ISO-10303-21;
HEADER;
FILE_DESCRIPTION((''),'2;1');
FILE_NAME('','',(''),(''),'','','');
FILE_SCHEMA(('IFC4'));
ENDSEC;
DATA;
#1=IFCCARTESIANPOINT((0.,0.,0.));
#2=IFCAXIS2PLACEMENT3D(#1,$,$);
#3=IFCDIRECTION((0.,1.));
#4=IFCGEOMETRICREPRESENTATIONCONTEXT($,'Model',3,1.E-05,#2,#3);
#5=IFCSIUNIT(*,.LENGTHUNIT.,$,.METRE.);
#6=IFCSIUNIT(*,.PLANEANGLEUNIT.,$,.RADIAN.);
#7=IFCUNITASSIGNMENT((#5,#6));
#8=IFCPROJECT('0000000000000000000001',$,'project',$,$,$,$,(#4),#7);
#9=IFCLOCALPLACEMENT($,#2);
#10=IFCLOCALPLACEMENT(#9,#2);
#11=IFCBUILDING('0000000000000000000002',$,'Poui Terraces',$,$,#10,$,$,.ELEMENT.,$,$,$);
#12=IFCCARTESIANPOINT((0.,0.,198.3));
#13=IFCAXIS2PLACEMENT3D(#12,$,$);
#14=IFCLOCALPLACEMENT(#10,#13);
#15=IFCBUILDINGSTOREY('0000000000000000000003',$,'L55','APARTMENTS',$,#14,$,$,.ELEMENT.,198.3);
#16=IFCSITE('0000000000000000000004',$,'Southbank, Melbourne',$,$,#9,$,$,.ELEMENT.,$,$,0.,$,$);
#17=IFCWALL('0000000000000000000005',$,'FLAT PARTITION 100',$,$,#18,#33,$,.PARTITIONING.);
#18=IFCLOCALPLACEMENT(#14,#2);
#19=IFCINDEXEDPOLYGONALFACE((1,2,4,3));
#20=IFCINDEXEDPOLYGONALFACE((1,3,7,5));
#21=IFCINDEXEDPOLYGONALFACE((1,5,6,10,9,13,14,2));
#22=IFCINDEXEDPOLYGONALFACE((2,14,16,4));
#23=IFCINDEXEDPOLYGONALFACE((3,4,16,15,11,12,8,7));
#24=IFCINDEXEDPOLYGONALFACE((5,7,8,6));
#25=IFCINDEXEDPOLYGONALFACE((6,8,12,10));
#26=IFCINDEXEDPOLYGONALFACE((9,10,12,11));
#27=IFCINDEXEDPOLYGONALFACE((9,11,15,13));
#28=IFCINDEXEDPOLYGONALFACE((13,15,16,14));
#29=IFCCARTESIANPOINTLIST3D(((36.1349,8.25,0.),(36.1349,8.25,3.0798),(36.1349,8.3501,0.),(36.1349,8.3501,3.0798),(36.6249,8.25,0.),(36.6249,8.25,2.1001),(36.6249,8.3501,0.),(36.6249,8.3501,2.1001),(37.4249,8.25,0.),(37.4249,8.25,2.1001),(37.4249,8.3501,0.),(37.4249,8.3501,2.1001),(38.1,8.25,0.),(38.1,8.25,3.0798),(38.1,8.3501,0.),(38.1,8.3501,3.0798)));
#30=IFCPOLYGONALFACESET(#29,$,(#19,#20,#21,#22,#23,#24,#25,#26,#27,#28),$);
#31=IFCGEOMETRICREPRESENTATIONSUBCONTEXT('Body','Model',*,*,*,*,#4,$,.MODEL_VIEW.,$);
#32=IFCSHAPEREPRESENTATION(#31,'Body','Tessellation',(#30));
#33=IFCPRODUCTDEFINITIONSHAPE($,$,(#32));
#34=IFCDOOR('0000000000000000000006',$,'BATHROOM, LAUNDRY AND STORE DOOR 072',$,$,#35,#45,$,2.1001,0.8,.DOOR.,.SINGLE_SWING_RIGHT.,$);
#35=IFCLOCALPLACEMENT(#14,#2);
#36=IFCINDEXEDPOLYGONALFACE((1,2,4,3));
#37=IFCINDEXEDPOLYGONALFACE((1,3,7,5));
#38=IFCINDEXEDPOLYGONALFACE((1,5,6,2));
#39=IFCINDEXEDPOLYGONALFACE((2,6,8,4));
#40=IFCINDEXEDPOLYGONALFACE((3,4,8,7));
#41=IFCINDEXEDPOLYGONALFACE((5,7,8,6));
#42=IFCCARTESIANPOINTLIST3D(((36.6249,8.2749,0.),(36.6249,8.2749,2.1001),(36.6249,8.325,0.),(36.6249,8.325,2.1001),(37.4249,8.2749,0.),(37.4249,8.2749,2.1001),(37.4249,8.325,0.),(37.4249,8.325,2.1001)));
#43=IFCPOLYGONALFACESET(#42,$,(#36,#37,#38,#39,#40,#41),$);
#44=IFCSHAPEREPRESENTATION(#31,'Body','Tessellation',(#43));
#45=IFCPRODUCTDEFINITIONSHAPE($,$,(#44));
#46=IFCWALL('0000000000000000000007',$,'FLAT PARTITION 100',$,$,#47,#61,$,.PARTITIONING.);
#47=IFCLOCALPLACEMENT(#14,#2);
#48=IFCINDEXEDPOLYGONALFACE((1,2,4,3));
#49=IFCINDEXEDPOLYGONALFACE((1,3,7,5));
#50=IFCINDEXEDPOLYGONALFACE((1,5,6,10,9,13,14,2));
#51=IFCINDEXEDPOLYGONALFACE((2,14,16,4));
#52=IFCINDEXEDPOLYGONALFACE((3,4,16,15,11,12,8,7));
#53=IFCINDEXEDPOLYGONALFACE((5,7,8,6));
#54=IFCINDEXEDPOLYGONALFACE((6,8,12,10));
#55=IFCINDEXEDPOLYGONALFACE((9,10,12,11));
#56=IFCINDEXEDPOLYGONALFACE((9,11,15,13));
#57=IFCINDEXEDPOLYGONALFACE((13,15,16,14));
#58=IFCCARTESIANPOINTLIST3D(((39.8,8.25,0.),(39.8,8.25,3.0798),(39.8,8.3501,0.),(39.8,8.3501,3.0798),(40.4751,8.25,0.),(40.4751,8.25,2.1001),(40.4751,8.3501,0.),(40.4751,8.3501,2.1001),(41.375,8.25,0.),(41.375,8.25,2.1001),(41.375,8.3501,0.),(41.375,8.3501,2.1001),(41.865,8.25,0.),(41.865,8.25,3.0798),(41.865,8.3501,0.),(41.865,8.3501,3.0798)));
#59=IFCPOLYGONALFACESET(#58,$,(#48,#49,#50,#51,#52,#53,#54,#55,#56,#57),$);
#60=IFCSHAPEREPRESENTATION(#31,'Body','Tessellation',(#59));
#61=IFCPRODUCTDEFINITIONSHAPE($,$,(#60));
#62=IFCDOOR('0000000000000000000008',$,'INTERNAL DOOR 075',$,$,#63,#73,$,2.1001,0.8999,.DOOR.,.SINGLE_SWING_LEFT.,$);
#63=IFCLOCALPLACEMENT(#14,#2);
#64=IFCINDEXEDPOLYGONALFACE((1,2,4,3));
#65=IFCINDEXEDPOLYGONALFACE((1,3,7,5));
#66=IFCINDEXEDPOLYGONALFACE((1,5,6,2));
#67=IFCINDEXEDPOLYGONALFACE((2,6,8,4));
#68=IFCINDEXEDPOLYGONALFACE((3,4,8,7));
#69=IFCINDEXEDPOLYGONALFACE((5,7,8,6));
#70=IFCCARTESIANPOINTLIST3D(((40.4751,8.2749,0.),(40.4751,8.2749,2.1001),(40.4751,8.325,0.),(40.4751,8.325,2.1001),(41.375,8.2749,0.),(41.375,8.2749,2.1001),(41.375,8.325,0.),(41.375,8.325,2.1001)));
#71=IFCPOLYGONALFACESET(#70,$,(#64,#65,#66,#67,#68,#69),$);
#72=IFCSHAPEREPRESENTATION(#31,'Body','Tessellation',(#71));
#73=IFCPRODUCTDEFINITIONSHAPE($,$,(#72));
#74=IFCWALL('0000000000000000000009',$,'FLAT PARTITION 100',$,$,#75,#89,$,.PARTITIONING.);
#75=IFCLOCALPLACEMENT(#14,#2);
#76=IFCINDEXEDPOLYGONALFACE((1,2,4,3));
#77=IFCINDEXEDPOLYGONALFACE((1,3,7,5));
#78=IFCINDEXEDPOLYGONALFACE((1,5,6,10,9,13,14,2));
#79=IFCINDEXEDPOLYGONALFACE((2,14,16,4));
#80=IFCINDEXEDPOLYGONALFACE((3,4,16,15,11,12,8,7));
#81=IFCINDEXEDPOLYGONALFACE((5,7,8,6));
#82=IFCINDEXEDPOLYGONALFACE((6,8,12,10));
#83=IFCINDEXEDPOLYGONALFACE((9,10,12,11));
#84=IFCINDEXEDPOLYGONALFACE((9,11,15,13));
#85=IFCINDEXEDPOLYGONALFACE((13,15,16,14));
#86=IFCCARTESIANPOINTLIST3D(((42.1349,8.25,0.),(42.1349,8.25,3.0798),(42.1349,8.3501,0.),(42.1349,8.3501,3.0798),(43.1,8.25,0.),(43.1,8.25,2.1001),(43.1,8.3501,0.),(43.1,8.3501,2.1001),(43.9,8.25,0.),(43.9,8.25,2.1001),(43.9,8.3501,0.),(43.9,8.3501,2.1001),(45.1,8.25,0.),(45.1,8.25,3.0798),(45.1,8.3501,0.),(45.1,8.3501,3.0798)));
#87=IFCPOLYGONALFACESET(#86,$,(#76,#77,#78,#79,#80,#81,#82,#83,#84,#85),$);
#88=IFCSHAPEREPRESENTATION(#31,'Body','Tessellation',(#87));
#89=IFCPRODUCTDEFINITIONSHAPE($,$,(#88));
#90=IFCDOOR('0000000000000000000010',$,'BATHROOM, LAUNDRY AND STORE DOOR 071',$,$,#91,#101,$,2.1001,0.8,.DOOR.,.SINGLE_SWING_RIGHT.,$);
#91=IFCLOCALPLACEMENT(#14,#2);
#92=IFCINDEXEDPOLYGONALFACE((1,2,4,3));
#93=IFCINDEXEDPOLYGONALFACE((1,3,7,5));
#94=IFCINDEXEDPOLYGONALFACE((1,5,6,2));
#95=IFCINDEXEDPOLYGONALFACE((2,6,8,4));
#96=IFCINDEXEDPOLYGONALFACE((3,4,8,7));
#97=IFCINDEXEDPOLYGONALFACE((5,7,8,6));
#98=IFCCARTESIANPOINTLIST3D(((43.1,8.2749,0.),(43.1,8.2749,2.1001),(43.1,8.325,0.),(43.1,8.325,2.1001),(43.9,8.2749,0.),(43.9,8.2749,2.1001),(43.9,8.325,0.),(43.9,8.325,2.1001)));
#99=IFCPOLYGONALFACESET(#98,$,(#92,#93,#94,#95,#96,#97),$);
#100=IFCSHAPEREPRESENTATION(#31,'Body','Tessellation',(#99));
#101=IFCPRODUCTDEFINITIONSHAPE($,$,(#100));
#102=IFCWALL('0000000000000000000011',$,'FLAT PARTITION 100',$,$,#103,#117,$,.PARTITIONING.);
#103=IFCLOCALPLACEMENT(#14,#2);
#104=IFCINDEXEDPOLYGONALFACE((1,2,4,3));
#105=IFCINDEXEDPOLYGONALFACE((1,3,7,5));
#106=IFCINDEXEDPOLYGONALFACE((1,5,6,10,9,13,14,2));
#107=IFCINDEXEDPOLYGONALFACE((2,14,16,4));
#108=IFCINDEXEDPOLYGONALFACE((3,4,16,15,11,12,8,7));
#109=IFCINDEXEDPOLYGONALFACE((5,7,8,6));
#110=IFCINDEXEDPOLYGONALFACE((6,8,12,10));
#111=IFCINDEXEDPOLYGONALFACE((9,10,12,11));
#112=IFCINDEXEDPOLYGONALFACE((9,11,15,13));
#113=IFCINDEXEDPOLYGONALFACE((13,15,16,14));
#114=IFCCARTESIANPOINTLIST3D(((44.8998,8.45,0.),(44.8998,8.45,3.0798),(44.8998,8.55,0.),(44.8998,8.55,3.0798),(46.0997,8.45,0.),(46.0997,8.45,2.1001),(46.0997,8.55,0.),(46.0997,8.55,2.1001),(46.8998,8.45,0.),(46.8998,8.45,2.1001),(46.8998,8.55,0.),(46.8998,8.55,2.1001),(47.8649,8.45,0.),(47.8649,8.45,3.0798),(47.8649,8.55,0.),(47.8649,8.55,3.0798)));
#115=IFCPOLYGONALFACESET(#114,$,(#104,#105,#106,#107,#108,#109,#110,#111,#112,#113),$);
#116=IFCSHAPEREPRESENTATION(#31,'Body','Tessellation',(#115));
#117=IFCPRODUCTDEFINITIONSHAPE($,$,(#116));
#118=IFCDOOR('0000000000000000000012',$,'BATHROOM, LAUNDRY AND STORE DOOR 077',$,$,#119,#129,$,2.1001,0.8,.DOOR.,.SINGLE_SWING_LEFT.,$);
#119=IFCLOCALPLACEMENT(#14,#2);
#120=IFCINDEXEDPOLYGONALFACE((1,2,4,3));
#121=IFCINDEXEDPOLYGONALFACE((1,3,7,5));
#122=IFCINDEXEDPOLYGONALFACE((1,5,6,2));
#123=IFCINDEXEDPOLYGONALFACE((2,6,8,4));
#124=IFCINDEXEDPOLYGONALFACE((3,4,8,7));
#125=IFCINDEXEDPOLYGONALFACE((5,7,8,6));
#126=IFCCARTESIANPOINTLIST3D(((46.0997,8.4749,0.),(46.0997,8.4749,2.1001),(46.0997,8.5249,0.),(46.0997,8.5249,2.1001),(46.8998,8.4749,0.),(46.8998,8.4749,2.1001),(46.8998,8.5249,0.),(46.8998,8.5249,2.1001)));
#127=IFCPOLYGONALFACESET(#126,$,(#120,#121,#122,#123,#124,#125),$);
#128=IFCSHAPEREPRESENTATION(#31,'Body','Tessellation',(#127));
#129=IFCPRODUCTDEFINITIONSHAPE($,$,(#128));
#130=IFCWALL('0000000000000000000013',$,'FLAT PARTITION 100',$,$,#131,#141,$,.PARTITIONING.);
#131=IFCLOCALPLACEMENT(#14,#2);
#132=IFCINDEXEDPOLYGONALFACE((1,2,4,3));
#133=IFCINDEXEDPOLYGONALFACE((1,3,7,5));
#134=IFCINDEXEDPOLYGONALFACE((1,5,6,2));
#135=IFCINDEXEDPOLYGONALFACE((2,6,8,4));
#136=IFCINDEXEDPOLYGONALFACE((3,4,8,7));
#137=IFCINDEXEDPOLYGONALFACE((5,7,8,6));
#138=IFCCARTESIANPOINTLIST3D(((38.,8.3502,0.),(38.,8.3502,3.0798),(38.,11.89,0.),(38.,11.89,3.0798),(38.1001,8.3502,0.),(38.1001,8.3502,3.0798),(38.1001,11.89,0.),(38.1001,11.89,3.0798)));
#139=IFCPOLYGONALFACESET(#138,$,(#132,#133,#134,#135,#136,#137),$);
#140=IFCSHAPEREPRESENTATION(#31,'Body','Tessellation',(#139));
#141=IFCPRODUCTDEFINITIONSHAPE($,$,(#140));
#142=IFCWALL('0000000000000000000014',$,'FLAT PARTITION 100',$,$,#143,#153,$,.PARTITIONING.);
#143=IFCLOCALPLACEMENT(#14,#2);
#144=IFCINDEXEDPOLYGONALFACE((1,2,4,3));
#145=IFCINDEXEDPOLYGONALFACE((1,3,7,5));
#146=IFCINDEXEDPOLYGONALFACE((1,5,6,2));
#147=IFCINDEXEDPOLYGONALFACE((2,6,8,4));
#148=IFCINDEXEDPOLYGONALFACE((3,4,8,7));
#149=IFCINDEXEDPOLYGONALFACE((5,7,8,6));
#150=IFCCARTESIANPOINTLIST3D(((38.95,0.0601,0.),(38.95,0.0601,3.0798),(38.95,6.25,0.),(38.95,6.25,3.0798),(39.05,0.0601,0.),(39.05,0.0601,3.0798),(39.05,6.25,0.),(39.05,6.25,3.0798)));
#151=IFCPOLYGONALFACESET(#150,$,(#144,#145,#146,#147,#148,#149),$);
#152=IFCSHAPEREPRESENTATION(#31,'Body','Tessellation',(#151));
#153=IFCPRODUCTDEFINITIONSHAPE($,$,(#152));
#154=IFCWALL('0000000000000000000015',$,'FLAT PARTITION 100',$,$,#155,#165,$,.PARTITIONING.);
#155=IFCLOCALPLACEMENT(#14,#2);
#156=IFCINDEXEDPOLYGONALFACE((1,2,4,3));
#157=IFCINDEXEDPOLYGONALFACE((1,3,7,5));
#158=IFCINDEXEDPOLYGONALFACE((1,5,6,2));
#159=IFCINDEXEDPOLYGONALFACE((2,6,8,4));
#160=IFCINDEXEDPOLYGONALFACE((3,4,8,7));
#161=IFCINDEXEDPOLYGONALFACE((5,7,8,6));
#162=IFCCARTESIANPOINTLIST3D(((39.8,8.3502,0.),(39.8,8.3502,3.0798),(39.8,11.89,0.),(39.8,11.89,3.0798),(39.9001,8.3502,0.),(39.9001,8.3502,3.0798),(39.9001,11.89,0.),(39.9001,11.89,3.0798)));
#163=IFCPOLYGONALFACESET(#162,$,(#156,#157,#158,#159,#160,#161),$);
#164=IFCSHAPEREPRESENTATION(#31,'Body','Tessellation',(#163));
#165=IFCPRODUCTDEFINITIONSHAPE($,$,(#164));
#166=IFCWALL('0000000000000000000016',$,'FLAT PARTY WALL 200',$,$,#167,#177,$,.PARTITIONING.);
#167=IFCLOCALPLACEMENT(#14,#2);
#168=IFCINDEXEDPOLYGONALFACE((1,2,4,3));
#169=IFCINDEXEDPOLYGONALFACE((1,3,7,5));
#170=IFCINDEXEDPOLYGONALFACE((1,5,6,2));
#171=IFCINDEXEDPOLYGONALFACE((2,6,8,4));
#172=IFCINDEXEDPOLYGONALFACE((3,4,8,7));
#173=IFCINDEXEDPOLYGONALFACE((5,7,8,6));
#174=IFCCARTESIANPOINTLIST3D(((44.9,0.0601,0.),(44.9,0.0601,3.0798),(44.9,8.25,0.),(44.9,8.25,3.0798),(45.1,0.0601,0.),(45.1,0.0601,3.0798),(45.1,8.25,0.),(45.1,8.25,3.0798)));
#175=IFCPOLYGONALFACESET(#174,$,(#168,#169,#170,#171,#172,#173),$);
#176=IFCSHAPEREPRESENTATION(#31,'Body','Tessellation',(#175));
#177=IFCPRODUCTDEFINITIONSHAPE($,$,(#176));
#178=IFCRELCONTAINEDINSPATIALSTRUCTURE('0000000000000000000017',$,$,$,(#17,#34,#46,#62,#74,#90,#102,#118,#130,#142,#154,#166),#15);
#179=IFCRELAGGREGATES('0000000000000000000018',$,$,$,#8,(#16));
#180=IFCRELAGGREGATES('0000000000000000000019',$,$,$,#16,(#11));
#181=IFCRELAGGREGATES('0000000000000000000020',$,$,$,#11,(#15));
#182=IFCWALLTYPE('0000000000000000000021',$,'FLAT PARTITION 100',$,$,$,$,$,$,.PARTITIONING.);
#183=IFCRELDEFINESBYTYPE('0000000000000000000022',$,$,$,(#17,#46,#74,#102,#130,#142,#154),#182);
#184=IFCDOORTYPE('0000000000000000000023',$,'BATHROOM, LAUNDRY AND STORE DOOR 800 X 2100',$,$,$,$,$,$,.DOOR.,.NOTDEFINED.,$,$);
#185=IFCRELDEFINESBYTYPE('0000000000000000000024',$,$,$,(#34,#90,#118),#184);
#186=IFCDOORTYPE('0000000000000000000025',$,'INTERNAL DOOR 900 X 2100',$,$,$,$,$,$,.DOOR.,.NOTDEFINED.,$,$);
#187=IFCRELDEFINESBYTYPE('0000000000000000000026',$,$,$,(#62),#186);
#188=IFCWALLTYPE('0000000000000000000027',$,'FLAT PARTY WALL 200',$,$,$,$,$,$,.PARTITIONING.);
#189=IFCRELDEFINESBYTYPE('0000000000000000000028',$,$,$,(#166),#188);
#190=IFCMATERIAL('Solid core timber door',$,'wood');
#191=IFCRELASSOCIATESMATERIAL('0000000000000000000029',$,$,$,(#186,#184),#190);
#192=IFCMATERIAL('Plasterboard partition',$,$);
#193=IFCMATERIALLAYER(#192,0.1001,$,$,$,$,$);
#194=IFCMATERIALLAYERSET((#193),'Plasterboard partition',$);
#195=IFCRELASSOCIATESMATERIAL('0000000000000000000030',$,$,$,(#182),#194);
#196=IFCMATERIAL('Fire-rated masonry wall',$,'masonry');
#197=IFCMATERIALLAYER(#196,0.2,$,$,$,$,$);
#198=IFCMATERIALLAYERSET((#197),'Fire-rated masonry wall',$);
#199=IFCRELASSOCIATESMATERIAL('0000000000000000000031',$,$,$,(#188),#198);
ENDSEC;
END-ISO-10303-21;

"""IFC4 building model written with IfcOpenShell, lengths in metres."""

from ifc_helpers import new_model, si_unit, direction, frame, frame_2d, origin, place, context, subcontext, project, spatial, rectangle, extrude, material, layer, layer_set, type_object, element, fill, save


model = new_model("IFC4")

# Units and contexts
model_context = context("Model", 3, precision=1e-05, world=origin(), true_north=direction((0.0, 1.0)))
body_context = subcontext(model_context, "Body", "Model", "MODEL_VIEW")
ifc_project = project(units=[si_unit("LENGTHUNIT", "METRE"), si_unit("PLANEANGLEUNIT", "RADIAN")], contexts=[model_context])

# Site, building, storey
site_placement = place(None, origin())
site = spatial("IfcSite", under=ifc_project, at=site_placement, Name="Southbank, Melbourne", CompositionType="ELEMENT", RefElevation=0.0)
building_placement = place(site_placement, origin())
building = spatial("IfcBuilding", under=site, at=building_placement, Name="Poui Terraces", CompositionType="ELEMENT")
storey_placement = place(building_placement, frame((0.0, 0.0, 198.3)))
storey = spatial("IfcBuildingStorey", under=building, at=storey_placement, Name="L55", Description="APARTMENTS", CompositionType="ELEMENT", Elevation=198.3)

# Walls, openings, doors
ifc_material_1 = material(Name="Solid core timber door", Category="wood")
door_type_1 = type_object("IfcDoorType", Name="INTERNAL DOOR 900 X 2100", OperationType="NOTDEFINED", PredefinedType="DOOR", material=ifc_material_1)
ifc_material_2 = material(Name="Plasterboard partition")
ifc_layer_1 = layer(ifc_material_2, 0.1001)
ifc_layer_set_1 = layer_set([ifc_layer_1], Name="Plasterboard partition")
wall_type_1 = type_object("IfcWallType", Name="FLAT PARTITION 100", PredefinedType="PARTITIONING", material=ifc_layer_set_1)
wall_1_placement = place(storey_placement, frame((36.135, 8.3, 0.0), z_axis=(0.0, 0.0, 1.0), x_axis=(1.0, 0.0, 0.0)))
wall_1 = element("IfcWall", 1, at=wall_1_placement, inside=storey, type_object=wall_type_1, Name="FLAT PARTITION 100", PredefinedType="PARTITIONING", context=body_context, shape_type="SweptSolid", body=[
    extrude(rectangle(XDim=1.9651, YDim=0.1001, at=frame_2d((0.9824, 0.0))), origin(), (0.0, 0.0, 1.0), 3.0798),
])
opening_1_placement = place(wall_1_placement, frame((0.49, 0.0, 0.0)))
opening_1 = element("IfcOpeningElement", 2, at=opening_1_placement, cuts=wall_1, PredefinedType="OPENING", context=body_context, shape_type="SweptSolid", body=[
    extrude(rectangle(XDim=0.8, YDim=2.1001, at=frame_2d((0.3999, 1.05))), frame((0.0, 0.0601, 0.0), z_axis=(0.0, -1.0, 0.0), x_axis=(1.0, 0.0, 0.0)), (0.0, 0.0, 1.0), 0.1201),
])
door_type_2 = type_object("IfcDoorType", Name="BATHROOM, LAUNDRY AND STORE DOOR 800 X 2100", OperationType="NOTDEFINED", PredefinedType="DOOR", material=ifc_material_1)
door_1_placement = place(opening_1_placement, origin())
door_1 = element("IfcDoor", 3, at=door_1_placement, inside=storey, type_object=door_type_2, Name="BATHROOM, LAUNDRY AND STORE DOOR 072", OperationType="SINGLE_SWING_RIGHT", OverallHeight=2.1001, OverallWidth=0.8, PredefinedType="DOOR", context=body_context, shape_type="SweptSolid", body=[
    extrude(rectangle(XDim=0.8, YDim=2.1001, at=frame_2d((0.3999, 1.05))), frame((0.0, 0.0249, 0.0), z_axis=(0.0, -1.0, 0.0), x_axis=(1.0, 0.0, 0.0)), (0.0, 0.0, 1.0), 0.05),
])
fill(opening_1, door_1)
wall_2_placement = place(storey_placement, frame((39.8, 8.3, 0.0), z_axis=(0.0, 0.0, 1.0), x_axis=(1.0, 0.0, 0.0)))
wall_2 = element("IfcWall", 4, at=wall_2_placement, inside=storey, type_object=wall_type_1, Name="FLAT PARTITION 100", PredefinedType="PARTITIONING", context=body_context, shape_type="SweptSolid", body=[
    extrude(rectangle(XDim=2.0649, YDim=0.1001, at=frame_2d((1.0325, 0.0))), origin(), (0.0, 0.0, 1.0), 3.0798),
])
opening_2_placement = place(wall_2_placement, frame((0.675, 0.0, 0.0)))
opening_2 = element("IfcOpeningElement", 5, at=opening_2_placement, cuts=wall_2, PredefinedType="OPENING", context=body_context, shape_type="SweptSolid", body=[
    extrude(rectangle(XDim=0.8999, YDim=2.1001, at=frame_2d((0.45, 1.05))), frame((0.0, 0.0601, 0.0), z_axis=(0.0, -1.0, 0.0), x_axis=(1.0, 0.0, 0.0)), (0.0, 0.0, 1.0), 0.1201),
])
door_2_placement = place(opening_2_placement, origin())
door_2 = element("IfcDoor", 6, at=door_2_placement, inside=storey, type_object=door_type_1, Name="INTERNAL DOOR 075", OperationType="SINGLE_SWING_LEFT", OverallHeight=2.1001, OverallWidth=0.8999, PredefinedType="DOOR", context=body_context, shape_type="SweptSolid", body=[
    extrude(rectangle(XDim=0.8999, YDim=2.1001, at=frame_2d((0.45, 1.05))), frame((0.0, 0.0249, 0.0), z_axis=(0.0, -1.0, 0.0), x_axis=(1.0, 0.0, 0.0)), (0.0, 0.0, 1.0), 0.05),
])
fill(opening_2, door_2)
wall_3_placement = place(storey_placement, frame((42.135, 8.3, 0.0), z_axis=(0.0, 0.0, 1.0), x_axis=(1.0, 0.0, 0.0)))
wall_3 = element("IfcWall", 7, at=wall_3_placement, inside=storey, type_object=wall_type_1, Name="FLAT PARTITION 100", PredefinedType="PARTITIONING", context=body_context, shape_type="SweptSolid", body=[
    extrude(rectangle(XDim=2.9651, YDim=0.1001, at=frame_2d((1.4824, 0.0))), origin(), (0.0, 0.0, 1.0), 3.0798),
])
opening_3_placement = place(wall_3_placement, frame((0.9651, 0.0, 0.0)))
opening_3 = element("IfcOpeningElement", 8, at=opening_3_placement, cuts=wall_3, PredefinedType="OPENING", context=body_context, shape_type="SweptSolid", body=[
    extrude(rectangle(XDim=0.8, YDim=2.1001, at=frame_2d((0.3999, 1.05))), frame((0.0, 0.0601, 0.0), z_axis=(0.0, -1.0, 0.0), x_axis=(1.0, 0.0, 0.0)), (0.0, 0.0, 1.0), 0.1201),
])
door_3_placement = place(opening_3_placement, origin())
door_3 = element("IfcDoor", 9, at=door_3_placement, inside=storey, type_object=door_type_2, Name="BATHROOM, LAUNDRY AND STORE DOOR 071", OperationType="SINGLE_SWING_RIGHT", OverallHeight=2.1001, OverallWidth=0.8, PredefinedType="DOOR", context=body_context, shape_type="SweptSolid", body=[
    extrude(rectangle(XDim=0.8, YDim=2.1001, at=frame_2d((0.3999, 1.05))), frame((0.0, 0.0249, 0.0), z_axis=(0.0, -1.0, 0.0), x_axis=(1.0, 0.0, 0.0)), (0.0, 0.0, 1.0), 0.05),
])
fill(opening_3, door_3)
wall_4_placement = place(storey_placement, frame((44.8999, 8.5, 0.0), z_axis=(0.0, 0.0, 1.0), x_axis=(1.0, 0.0, 0.0)))
wall_4 = element("IfcWall", 10, at=wall_4_placement, inside=storey, type_object=wall_type_1, Name="FLAT PARTITION 100", PredefinedType="PARTITIONING", context=body_context, shape_type="SweptSolid", body=[
    extrude(rectangle(XDim=2.9651, YDim=0.1001, at=frame_2d((1.4824, 0.0))), origin(), (0.0, 0.0, 1.0), 3.0798),
])
opening_4_placement = place(wall_4_placement, frame((1.2, 0.0, 0.0)))
opening_4 = element("IfcOpeningElement", 11, at=opening_4_placement, cuts=wall_4, PredefinedType="OPENING", context=body_context, shape_type="SweptSolid", body=[
    extrude(rectangle(XDim=0.8, YDim=2.1001, at=frame_2d((0.3999, 1.05))), frame((0.0, 0.0601, 0.0), z_axis=(0.0, -1.0, 0.0), x_axis=(1.0, 0.0, 0.0)), (0.0, 0.0, 1.0), 0.1201),
])
door_4_placement = place(opening_4_placement, origin())
door_4 = element("IfcDoor", 12, at=door_4_placement, inside=storey, type_object=door_type_2, Name="BATHROOM, LAUNDRY AND STORE DOOR 077", OperationType="SINGLE_SWING_LEFT", OverallHeight=2.1001, OverallWidth=0.8, PredefinedType="DOOR", context=body_context, shape_type="SweptSolid", body=[
    extrude(rectangle(XDim=0.8, YDim=2.1001, at=frame_2d((0.3999, 1.05))), frame((0.0, 0.0249, 0.0), z_axis=(0.0, -1.0, 0.0), x_axis=(1.0, 0.0, 0.0)), (0.0, 0.0, 1.0), 0.05),
])
fill(opening_4, door_4)

# Walls
wall_5_placement = place(storey_placement, frame((38.05, 8.3501, 0.0), z_axis=(0.0, 0.0, 1.0), x_axis=(0.0, 1.0, 0.0)))
element("IfcWall", 13, at=wall_5_placement, inside=storey, type_object=wall_type_1, Name="FLAT PARTITION 100", PredefinedType="PARTITIONING", context=body_context, shape_type="SweptSolid", body=[
    extrude(rectangle(XDim=3.5398, YDim=0.1001, at=frame_2d((1.77, 0.0))), origin(), (0.0, 0.0, 1.0), 3.0798),
])
wall_6_placement = place(storey_placement, frame((39.0, 0.0601, 0.0), z_axis=(0.0, 0.0, 1.0), x_axis=(0.0, 1.0, 0.0)))
element("IfcWall", 14, at=wall_6_placement, inside=storey, type_object=wall_type_1, Name="FLAT PARTITION 100", PredefinedType="PARTITIONING", context=body_context, shape_type="SweptSolid", body=[
    extrude(rectangle(XDim=6.1899, YDim=0.1001, at=frame_2d((3.095, 0.0))), origin(), (0.0, 0.0, 1.0), 3.0798),
])
wall_7_placement = place(storey_placement, frame((39.8501, 8.3501, 0.0), z_axis=(0.0, 0.0, 1.0), x_axis=(0.0, 1.0, 0.0)))
element("IfcWall", 15, at=wall_7_placement, inside=storey, type_object=wall_type_1, Name="FLAT PARTITION 100", PredefinedType="PARTITIONING", context=body_context, shape_type="SweptSolid", body=[
    extrude(rectangle(XDim=3.5398, YDim=0.1001, at=frame_2d((1.77, 0.0))), origin(), (0.0, 0.0, 1.0), 3.0798),
])
ifc_material_3 = material(Name="Fire-rated masonry wall", Category="masonry")
ifc_layer_2 = layer(ifc_material_3, 0.2)
ifc_layer_set_2 = layer_set([ifc_layer_2], Name="Fire-rated masonry wall")
wall_type_2 = type_object("IfcWallType", Name="FLAT PARTY WALL 200", PredefinedType="PARTITIONING", material=ifc_layer_set_2)
wall_8_placement = place(storey_placement, frame((45.0, 0.0601, 0.0), z_axis=(0.0, 0.0, 1.0), x_axis=(0.0, 1.0, 0.0)))
element("IfcWall", 16, at=wall_8_placement, inside=storey, type_object=wall_type_2, Name="FLAT PARTY WALL 200", PredefinedType="PARTITIONING", context=body_context, shape_type="SweptSolid", body=[
    extrude(rectangle(XDim=8.1899, YDim=0.2, at=frame_2d((4.095, 0.0))), origin(), (0.0, 0.0, 1.0), 3.0798),
])

save(model, "model.ifc")
